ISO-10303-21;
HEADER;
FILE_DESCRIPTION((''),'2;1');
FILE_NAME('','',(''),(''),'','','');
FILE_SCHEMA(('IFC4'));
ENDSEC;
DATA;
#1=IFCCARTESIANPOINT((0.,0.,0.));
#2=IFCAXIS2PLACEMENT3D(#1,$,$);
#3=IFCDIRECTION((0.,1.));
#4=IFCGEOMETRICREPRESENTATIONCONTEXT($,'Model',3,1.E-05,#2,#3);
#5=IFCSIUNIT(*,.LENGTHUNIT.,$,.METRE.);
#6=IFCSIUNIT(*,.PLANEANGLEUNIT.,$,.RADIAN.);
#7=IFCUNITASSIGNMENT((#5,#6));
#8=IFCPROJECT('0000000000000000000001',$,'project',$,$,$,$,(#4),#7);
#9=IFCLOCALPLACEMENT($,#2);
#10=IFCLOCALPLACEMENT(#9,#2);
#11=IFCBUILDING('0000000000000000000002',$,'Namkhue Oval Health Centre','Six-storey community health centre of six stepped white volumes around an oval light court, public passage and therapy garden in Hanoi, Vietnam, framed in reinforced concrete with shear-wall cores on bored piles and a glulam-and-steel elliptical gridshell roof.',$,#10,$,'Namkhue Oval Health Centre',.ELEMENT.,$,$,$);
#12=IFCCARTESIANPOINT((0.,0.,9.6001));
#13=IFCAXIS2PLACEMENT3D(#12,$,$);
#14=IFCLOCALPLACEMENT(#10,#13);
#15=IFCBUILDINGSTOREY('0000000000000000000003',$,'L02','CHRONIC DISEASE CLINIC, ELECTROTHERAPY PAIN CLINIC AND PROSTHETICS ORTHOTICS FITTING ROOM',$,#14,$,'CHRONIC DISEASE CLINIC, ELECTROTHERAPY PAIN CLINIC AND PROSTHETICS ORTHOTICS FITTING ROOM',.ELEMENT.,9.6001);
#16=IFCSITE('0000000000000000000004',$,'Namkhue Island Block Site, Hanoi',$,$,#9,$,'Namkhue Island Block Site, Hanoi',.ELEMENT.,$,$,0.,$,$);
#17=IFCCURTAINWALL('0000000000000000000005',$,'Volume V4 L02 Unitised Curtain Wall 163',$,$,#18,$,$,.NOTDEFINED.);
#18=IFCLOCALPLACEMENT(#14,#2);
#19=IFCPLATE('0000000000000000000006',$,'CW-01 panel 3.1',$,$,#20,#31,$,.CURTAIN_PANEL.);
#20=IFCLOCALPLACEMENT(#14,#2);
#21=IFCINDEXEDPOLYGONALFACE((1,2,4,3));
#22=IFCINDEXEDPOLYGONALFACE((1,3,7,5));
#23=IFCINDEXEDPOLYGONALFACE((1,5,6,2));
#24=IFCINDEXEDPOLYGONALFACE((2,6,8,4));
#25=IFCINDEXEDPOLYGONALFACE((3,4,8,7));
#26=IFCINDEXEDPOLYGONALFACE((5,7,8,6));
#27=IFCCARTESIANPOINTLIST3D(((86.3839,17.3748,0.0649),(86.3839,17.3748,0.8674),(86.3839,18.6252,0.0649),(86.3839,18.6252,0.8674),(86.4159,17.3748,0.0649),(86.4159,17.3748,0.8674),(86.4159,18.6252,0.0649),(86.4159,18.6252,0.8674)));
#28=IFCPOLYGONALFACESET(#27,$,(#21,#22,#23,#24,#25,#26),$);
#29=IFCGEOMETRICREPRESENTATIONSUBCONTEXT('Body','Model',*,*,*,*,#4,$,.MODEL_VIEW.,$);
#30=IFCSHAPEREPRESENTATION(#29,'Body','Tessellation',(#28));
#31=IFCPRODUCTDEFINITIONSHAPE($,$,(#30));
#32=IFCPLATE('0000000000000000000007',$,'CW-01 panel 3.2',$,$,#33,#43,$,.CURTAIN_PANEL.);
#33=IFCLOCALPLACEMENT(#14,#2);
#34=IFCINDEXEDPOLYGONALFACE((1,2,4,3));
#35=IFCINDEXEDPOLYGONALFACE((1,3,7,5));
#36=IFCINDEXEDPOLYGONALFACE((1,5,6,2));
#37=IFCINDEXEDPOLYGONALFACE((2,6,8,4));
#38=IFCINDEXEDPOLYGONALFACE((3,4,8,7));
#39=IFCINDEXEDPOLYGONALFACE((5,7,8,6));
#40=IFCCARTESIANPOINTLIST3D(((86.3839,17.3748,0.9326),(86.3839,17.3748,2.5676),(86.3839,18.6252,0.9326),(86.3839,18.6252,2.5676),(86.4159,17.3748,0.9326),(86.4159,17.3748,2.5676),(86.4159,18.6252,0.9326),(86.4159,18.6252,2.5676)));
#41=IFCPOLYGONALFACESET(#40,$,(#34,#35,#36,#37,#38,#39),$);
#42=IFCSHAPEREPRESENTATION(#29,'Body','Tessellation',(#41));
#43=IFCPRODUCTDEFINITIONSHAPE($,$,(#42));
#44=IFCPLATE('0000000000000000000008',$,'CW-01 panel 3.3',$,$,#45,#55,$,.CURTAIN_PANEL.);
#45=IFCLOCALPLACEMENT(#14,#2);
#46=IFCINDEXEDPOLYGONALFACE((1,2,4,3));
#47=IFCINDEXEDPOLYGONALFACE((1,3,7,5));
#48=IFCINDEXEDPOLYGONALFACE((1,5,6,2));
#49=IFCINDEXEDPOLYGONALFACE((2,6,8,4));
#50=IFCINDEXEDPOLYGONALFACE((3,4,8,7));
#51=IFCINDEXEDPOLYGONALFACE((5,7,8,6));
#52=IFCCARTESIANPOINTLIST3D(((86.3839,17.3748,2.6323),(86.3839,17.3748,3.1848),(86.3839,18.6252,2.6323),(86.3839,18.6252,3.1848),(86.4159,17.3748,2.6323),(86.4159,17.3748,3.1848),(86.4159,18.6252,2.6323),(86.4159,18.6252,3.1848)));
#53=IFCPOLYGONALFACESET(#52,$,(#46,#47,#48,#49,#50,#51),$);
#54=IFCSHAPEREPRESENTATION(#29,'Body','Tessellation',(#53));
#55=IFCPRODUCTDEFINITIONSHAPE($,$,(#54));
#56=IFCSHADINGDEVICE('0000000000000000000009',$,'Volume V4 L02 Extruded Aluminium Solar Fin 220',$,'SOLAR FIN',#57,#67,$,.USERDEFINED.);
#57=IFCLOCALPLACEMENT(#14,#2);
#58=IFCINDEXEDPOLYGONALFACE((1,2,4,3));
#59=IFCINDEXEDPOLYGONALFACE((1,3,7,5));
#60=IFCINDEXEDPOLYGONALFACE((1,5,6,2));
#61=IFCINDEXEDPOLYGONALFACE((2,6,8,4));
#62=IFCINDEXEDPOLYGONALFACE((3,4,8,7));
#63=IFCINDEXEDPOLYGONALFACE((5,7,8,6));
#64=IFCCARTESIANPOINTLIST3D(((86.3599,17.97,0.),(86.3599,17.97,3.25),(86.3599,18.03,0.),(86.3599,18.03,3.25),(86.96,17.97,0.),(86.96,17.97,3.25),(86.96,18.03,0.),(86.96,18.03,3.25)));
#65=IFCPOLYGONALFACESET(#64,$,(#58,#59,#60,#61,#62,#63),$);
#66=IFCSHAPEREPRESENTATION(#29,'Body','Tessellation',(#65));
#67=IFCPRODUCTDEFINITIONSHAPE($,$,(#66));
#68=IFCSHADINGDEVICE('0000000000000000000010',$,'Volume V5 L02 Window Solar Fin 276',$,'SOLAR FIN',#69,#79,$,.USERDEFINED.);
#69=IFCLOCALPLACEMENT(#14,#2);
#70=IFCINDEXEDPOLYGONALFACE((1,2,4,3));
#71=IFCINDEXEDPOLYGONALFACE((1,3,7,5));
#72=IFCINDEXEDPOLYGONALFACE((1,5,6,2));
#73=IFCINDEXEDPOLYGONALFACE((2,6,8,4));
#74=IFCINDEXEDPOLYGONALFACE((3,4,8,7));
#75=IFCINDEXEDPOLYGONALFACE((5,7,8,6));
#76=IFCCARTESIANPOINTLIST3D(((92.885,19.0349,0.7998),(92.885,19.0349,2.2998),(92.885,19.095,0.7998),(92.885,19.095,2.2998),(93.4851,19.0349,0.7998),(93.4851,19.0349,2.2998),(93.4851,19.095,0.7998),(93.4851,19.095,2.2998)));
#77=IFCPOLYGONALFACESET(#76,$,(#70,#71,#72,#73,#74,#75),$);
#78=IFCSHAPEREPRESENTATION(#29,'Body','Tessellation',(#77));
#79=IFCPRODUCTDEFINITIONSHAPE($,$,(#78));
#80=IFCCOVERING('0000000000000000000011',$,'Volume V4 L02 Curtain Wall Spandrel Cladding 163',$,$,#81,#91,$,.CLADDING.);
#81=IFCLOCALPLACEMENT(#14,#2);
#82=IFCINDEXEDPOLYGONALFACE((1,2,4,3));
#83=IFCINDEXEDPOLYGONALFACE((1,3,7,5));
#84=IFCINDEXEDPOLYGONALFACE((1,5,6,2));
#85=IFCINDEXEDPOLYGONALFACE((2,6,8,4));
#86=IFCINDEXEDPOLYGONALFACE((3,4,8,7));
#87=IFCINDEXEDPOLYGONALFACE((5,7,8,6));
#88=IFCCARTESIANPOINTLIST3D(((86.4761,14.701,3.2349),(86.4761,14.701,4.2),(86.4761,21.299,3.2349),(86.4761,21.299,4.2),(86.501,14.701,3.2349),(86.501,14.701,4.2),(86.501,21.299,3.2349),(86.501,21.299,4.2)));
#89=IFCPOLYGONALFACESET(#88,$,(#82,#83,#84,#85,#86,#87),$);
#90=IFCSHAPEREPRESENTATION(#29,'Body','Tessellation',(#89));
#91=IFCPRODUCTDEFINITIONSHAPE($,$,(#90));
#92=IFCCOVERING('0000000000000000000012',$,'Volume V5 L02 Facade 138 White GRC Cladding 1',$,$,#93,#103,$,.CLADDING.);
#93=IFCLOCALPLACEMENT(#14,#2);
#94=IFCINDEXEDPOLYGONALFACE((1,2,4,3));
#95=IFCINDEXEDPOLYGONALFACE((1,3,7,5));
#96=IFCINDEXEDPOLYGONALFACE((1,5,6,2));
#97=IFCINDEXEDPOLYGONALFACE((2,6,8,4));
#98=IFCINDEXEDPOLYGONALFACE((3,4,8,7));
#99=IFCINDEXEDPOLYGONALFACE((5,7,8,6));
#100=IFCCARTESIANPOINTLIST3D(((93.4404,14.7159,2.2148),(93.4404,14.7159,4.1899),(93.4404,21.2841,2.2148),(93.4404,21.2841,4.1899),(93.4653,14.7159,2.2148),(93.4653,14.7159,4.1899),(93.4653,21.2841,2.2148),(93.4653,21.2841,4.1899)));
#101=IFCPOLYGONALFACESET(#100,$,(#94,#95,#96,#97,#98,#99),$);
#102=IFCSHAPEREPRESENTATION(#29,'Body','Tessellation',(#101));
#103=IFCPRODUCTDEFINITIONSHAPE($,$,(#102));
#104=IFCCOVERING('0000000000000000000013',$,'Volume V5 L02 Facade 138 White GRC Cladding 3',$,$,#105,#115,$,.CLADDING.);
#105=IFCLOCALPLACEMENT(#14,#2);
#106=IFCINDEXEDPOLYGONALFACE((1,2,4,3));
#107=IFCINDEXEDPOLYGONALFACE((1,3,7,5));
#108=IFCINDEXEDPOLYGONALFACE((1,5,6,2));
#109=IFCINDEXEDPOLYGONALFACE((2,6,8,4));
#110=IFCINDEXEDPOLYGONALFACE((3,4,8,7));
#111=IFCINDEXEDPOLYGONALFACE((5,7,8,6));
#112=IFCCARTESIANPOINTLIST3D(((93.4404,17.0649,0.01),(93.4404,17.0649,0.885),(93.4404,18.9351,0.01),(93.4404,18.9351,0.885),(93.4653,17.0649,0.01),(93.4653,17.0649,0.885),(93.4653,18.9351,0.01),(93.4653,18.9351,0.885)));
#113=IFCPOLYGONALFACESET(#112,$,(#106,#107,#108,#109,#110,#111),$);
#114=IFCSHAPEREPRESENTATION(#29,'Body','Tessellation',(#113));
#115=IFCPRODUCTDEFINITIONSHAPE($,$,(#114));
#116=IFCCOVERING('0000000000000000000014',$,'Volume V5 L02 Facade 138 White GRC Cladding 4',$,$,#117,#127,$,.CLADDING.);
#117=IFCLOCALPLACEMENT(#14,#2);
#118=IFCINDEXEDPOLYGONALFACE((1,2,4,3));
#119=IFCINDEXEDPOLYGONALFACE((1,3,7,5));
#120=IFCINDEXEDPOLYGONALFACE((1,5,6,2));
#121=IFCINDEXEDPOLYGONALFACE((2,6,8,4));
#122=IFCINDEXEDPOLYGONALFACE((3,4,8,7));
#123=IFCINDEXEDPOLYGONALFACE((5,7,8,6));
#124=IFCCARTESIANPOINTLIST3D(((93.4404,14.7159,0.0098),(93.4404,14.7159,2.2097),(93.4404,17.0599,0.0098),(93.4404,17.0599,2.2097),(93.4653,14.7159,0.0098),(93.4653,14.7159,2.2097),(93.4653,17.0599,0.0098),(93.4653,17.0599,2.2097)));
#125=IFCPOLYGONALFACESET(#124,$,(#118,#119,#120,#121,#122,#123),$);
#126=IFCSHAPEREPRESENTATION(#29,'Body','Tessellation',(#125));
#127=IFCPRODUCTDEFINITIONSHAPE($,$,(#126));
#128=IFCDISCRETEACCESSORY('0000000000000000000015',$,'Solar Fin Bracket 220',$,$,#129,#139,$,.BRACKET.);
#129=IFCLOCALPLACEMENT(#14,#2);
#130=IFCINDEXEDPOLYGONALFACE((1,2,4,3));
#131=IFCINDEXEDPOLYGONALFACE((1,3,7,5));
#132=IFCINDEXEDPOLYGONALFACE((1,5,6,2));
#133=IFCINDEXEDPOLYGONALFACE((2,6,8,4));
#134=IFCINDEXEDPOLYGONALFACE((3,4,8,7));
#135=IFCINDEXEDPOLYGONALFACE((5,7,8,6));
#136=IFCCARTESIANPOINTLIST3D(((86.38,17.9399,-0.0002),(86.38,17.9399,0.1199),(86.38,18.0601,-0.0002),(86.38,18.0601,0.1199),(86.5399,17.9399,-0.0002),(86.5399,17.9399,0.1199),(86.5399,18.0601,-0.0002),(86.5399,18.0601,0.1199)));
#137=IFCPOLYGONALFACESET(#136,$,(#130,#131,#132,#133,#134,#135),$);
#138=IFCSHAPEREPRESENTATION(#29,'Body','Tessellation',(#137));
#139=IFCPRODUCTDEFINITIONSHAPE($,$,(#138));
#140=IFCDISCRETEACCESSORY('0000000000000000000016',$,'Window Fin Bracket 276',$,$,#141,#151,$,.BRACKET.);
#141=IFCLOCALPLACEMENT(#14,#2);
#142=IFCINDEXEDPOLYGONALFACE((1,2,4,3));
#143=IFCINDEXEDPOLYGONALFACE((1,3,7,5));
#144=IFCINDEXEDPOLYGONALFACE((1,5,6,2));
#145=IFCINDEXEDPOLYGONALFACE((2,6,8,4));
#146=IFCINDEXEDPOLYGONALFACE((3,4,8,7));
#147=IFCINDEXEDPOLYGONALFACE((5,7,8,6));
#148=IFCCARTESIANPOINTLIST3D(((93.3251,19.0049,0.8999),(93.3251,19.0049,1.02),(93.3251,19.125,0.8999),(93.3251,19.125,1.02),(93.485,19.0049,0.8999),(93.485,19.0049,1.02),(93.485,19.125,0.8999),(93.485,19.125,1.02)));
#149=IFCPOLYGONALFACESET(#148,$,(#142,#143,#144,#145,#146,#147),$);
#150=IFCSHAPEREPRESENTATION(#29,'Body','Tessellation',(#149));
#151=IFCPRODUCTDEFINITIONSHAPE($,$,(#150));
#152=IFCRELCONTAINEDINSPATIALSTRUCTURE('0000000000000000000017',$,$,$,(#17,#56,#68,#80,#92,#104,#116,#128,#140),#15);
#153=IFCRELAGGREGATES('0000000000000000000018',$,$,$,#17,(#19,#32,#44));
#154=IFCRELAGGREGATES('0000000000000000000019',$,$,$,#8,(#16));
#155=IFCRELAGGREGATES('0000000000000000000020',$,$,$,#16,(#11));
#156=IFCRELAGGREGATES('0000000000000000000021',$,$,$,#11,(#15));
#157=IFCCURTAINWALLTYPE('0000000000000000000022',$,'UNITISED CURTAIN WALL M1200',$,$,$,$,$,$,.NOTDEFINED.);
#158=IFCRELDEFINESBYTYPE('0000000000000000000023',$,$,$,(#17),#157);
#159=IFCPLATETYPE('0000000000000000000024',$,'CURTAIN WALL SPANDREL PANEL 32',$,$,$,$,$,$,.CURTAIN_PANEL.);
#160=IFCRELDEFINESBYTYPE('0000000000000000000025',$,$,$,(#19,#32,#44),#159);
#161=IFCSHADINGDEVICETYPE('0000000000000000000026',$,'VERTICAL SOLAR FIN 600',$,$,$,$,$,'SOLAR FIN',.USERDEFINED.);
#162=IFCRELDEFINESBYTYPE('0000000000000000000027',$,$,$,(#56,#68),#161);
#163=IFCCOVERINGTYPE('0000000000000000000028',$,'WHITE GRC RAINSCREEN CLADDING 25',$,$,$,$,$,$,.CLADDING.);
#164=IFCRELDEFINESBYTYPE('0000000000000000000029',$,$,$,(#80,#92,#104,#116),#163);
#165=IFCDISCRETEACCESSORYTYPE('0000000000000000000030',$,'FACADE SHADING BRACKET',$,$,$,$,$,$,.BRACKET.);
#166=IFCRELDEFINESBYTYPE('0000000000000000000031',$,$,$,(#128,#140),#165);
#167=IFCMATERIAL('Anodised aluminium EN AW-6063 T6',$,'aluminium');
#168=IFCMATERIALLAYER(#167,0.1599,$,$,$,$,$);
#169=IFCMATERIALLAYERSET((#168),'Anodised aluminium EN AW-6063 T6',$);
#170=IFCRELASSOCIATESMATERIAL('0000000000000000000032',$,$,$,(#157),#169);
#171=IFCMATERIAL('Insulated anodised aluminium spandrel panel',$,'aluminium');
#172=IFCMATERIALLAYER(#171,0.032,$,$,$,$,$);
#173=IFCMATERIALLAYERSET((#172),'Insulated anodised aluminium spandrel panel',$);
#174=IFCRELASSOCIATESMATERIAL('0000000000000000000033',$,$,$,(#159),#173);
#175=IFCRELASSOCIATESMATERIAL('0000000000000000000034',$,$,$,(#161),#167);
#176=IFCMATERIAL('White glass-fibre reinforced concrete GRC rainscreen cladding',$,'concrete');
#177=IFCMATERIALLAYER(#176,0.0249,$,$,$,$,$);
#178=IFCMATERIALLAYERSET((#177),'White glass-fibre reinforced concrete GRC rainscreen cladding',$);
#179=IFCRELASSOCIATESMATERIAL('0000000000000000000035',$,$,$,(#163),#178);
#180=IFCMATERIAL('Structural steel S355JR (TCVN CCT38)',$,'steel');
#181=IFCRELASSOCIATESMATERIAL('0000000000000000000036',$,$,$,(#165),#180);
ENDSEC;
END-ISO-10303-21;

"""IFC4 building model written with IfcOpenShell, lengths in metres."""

from ifc_helpers import new_model, si_unit, direction, frame, origin, origin_2d, place, context, subcontext, project, spatial, rectangle, extrude, material, layer, layer_set, type_object, element, aggregate, save


model = new_model("IFC4")

# Units and contexts
model_context = context("Model", 3, precision=1e-05, world=origin(), true_north=direction((0.0, 1.0)))
body_context = subcontext(model_context, "Body", "Model", "MODEL_VIEW")
ifc_project = project(units=[si_unit("LENGTHUNIT", "METRE"), si_unit("PLANEANGLEUNIT", "RADIAN")], contexts=[model_context])

# Site, building, storey
site_placement = place(None, origin())
site = spatial("IfcSite", under=ifc_project, at=site_placement, Name="Namkhue Island Block Site, Hanoi", LongName="Namkhue Island Block Site, Hanoi", CompositionType="ELEMENT", RefElevation=0.0)
building_placement = place(site_placement, origin())
building = spatial("IfcBuilding", under=site, at=building_placement, Name="Namkhue Oval Health Centre", Description="Six-storey community health centre of six stepped white volumes around an oval light court, public passage and therapy garden in Hanoi, Vietnam, framed in reinforced concrete with shear-wall cores on bored piles and a glulam-and-steel elliptical gridshell roof.", LongName="Namkhue Oval Health Centre", CompositionType="ELEMENT")
storey_placement = place(building_placement, frame((0.0, 0.0, 9.6001)))
storey = spatial("IfcBuildingStorey", under=building, at=storey_placement, Name="L02", Description="CHRONIC DISEASE CLINIC, ELECTROTHERAPY PAIN CLINIC AND PROSTHETICS ORTHOTICS FITTING ROOM", LongName="CHRONIC DISEASE CLINIC, ELECTROTHERAPY PAIN CLINIC AND PROSTHETICS ORTHOTICS FITTING ROOM", CompositionType="ELEMENT", Elevation=9.6001)

# Curtain wall, plates
ifc_material_1 = material(Name="Anodised aluminium EN AW-6063 T6", Category="aluminium")
ifc_layer_1 = layer(ifc_material_1, 0.1599)
ifc_layer_set_1 = layer_set([ifc_layer_1], Name="Anodised aluminium EN AW-6063 T6")
curtain_wall_type = type_object("IfcCurtainWallType", Name="UNITISED CURTAIN WALL M1200", PredefinedType="NOTDEFINED", material=ifc_layer_set_1)
curtain_wall_placement = place(storey_placement, origin())
curtain_wall = element("IfcCurtainWall", 1, at=curtain_wall_placement, inside=storey, type_object=curtain_wall_type, Name="Volume V4 L02 Unitised Curtain Wall 163", PredefinedType="NOTDEFINED")
ifc_material_2 = material(Name="Insulated anodised aluminium spandrel panel", Category="aluminium")
ifc_layer_2 = layer(ifc_material_2, 0.032)
ifc_layer_set_2 = layer_set([ifc_layer_2], Name="Insulated anodised aluminium spandrel panel")
plate_type = type_object("IfcPlateType", Name="CURTAIN WALL SPANDREL PANEL 32", PredefinedType="CURTAIN_PANEL", material=ifc_layer_set_2)
plate_1_placement = place(storey_placement, frame((86.3999, 18.0, 0.0649), z_axis=(0.0, 0.0, 1.0), x_axis=(0.0, 1.0, 0.0)))
plate_1 = element("IfcPlate", 2, at=plate_1_placement, type_object=plate_type, Name="CW-01 panel 3.1", PredefinedType="CURTAIN_PANEL", context=body_context, shape_type="SweptSolid", body=[
    extrude(rectangle(XDim=1.2505, YDim=0.032, at=origin_2d()), origin(), (0.0, 0.0, 1.0), 0.8025),
])
plate_2_placement = place(storey_placement, frame((86.3999, 18.0, 0.9326), z_axis=(0.0, 0.0, 1.0), x_axis=(0.0, 1.0, 0.0)))
plate_2 = element("IfcPlate", 3, at=plate_2_placement, type_object=plate_type, Name="CW-01 panel 3.2", PredefinedType="CURTAIN_PANEL", context=body_context, shape_type="SweptSolid", body=[
    extrude(rectangle(XDim=1.2505, YDim=0.032, at=origin_2d()), origin(), (0.0, 0.0, 1.0), 1.635),
])
plate_3_placement = place(storey_placement, frame((86.3999, 18.0, 2.6323), z_axis=(0.0, 0.0, 1.0), x_axis=(0.0, 1.0, 0.0)))
plate_3 = element("IfcPlate", 4, at=plate_3_placement, type_object=plate_type, Name="CW-01 panel 3.3", PredefinedType="CURTAIN_PANEL", context=body_context, shape_type="SweptSolid", body=[
    extrude(rectangle(XDim=1.2505, YDim=0.032, at=origin_2d()), origin(), (0.0, 0.0, 1.0), 0.5525),
])
aggregate(curtain_wall, [plate_1, plate_2, plate_3])

# Shading devices
shading_device_type = type_object("IfcShadingDeviceType", Name="VERTICAL SOLAR FIN 600", ElementType="SOLAR FIN", PredefinedType="USERDEFINED", material=ifc_material_1)
shading_device_1_placement = place(storey_placement, frame((86.6599, 18.0, 0.0), z_axis=(0.0, 0.0, 1.0), x_axis=(1.0, 0.0, 0.0)))
element("IfcShadingDevice", 5, at=shading_device_1_placement, inside=storey, type_object=shading_device_type, Name="Volume V4 L02 Extruded Aluminium Solar Fin 220", ObjectType="SOLAR FIN", PredefinedType="USERDEFINED", context=body_context, shape_type="SweptSolid", body=[
    extrude(rectangle(XDim=0.6001, YDim=0.0601, at=origin_2d()), origin(), (0.0, 0.0, 1.0), 3.25),
])
shading_device_2_placement = place(storey_placement, frame((93.1851, 19.0649, 0.7998), z_axis=(0.0, 0.0, 1.0), x_axis=(-1.0, 0.0, 0.0)))
element("IfcShadingDevice", 6, at=shading_device_2_placement, inside=storey, type_object=shading_device_type, Name="Volume V5 L02 Window Solar Fin 276", ObjectType="SOLAR FIN", PredefinedType="USERDEFINED", context=body_context, shape_type="SweptSolid", body=[
    extrude(rectangle(XDim=0.6001, YDim=0.0601, at=origin_2d()), origin(), (0.0, 0.0, 1.0), 1.5),
])

# Coverings
ifc_material_3 = material(Name="White glass-fibre reinforced concrete GRC rainscreen cladding", Category="concrete")
ifc_layer_3 = layer(ifc_material_3, 0.0249)
ifc_layer_set_3 = layer_set([ifc_layer_3], Name="White glass-fibre reinforced concrete GRC rainscreen cladding")
covering_type = type_object("IfcCoveringType", Name="WHITE GRC RAINSCREEN CLADDING 25", PredefinedType="CLADDING", material=ifc_layer_set_3)
covering_1_placement = place(storey_placement, frame((86.4885, 18.0, 3.2349), z_axis=(0.0, 0.0, 1.0), x_axis=(0.0, 1.0, 0.0)))
element("IfcCovering", 7, at=covering_1_placement, inside=storey, type_object=covering_type, Name="Volume V4 L02 Curtain Wall Spandrel Cladding 163", PredefinedType="CLADDING", context=body_context, shape_type="SweptSolid", body=[
    extrude(rectangle(XDim=6.5979, YDim=0.0249, at=origin_2d()), origin(), (0.0, 0.0, 1.0), 0.9651),
])
covering_2_placement = place(storey_placement, frame((93.4529, 18.0, 2.2148), z_axis=(0.0, 0.0, 1.0), x_axis=(0.0, -1.0, 0.0)))
element("IfcCovering", 8, at=covering_2_placement, inside=storey, type_object=covering_type, Name="Volume V5 L02 Facade 138 White GRC Cladding 1", PredefinedType="CLADDING", context=body_context, shape_type="SweptSolid", body=[
    extrude(rectangle(XDim=6.5681, YDim=0.0249, at=origin_2d()), origin(), (0.0, 0.0, 1.0), 1.9751),
])
covering_3_placement = place(storey_placement, frame((93.4529, 18.0, 0.01), z_axis=(0.0, 0.0, 1.0), x_axis=(0.0, -1.0, 0.0)))
element("IfcCovering", 9, at=covering_3_placement, inside=storey, type_object=covering_type, Name="Volume V5 L02 Facade 138 White GRC Cladding 3", PredefinedType="CLADDING", context=body_context, shape_type="SweptSolid", body=[
    extrude(rectangle(XDim=1.8701, YDim=0.0249, at=origin_2d()), origin(), (0.0, 0.0, 1.0), 0.875),
])
covering_4_placement = place(storey_placement, frame((93.4529, 15.8879, 0.0098), z_axis=(0.0, 0.0, 1.0), x_axis=(0.0, -1.0, 0.0)))
element("IfcCovering", 10, at=covering_4_placement, inside=storey, type_object=covering_type, Name="Volume V5 L02 Facade 138 White GRC Cladding 4", PredefinedType="CLADDING", context=body_context, shape_type="SweptSolid", body=[
    extrude(rectangle(XDim=2.344, YDim=0.0249, at=origin_2d()), origin(), (0.0, 0.0, 1.0), 2.2),
])

# Discrete accessories
ifc_material_4 = material(Name="Structural steel S355JR (TCVN CCT38)", Category="steel")
discrete_accessory_type = type_object("IfcDiscreteAccessoryType", Name="FACADE SHADING BRACKET", PredefinedType="BRACKET", material=ifc_material_4)
for number, where, z_axis, x_axis, name in (
    (11, (86.46, 18.0, -0.0002), (0.0, 0.0, 1.0), (1.0, 0.0, 0.0), "Solar Fin Bracket 220"),
    (12, (93.405, 19.0649, 0.8999), (0.0, 0.0, 1.0), (-1.0, 0.0, 0.0), "Window Fin Bracket 276"),
):
    element("IfcDiscreteAccessory", number, at=place(storey_placement, frame(where, z_axis=z_axis, x_axis=x_axis)), inside=storey, type_object=discrete_accessory_type, Name=name, PredefinedType="BRACKET", context=body_context, shape_type="SweptSolid", body=[
        extrude(rectangle(XDim=0.1599, YDim=0.1201, at=origin_2d()), origin(), (0.0, 0.0, 1.0), 0.1201),
    ])

save(model, "model.ifc")
